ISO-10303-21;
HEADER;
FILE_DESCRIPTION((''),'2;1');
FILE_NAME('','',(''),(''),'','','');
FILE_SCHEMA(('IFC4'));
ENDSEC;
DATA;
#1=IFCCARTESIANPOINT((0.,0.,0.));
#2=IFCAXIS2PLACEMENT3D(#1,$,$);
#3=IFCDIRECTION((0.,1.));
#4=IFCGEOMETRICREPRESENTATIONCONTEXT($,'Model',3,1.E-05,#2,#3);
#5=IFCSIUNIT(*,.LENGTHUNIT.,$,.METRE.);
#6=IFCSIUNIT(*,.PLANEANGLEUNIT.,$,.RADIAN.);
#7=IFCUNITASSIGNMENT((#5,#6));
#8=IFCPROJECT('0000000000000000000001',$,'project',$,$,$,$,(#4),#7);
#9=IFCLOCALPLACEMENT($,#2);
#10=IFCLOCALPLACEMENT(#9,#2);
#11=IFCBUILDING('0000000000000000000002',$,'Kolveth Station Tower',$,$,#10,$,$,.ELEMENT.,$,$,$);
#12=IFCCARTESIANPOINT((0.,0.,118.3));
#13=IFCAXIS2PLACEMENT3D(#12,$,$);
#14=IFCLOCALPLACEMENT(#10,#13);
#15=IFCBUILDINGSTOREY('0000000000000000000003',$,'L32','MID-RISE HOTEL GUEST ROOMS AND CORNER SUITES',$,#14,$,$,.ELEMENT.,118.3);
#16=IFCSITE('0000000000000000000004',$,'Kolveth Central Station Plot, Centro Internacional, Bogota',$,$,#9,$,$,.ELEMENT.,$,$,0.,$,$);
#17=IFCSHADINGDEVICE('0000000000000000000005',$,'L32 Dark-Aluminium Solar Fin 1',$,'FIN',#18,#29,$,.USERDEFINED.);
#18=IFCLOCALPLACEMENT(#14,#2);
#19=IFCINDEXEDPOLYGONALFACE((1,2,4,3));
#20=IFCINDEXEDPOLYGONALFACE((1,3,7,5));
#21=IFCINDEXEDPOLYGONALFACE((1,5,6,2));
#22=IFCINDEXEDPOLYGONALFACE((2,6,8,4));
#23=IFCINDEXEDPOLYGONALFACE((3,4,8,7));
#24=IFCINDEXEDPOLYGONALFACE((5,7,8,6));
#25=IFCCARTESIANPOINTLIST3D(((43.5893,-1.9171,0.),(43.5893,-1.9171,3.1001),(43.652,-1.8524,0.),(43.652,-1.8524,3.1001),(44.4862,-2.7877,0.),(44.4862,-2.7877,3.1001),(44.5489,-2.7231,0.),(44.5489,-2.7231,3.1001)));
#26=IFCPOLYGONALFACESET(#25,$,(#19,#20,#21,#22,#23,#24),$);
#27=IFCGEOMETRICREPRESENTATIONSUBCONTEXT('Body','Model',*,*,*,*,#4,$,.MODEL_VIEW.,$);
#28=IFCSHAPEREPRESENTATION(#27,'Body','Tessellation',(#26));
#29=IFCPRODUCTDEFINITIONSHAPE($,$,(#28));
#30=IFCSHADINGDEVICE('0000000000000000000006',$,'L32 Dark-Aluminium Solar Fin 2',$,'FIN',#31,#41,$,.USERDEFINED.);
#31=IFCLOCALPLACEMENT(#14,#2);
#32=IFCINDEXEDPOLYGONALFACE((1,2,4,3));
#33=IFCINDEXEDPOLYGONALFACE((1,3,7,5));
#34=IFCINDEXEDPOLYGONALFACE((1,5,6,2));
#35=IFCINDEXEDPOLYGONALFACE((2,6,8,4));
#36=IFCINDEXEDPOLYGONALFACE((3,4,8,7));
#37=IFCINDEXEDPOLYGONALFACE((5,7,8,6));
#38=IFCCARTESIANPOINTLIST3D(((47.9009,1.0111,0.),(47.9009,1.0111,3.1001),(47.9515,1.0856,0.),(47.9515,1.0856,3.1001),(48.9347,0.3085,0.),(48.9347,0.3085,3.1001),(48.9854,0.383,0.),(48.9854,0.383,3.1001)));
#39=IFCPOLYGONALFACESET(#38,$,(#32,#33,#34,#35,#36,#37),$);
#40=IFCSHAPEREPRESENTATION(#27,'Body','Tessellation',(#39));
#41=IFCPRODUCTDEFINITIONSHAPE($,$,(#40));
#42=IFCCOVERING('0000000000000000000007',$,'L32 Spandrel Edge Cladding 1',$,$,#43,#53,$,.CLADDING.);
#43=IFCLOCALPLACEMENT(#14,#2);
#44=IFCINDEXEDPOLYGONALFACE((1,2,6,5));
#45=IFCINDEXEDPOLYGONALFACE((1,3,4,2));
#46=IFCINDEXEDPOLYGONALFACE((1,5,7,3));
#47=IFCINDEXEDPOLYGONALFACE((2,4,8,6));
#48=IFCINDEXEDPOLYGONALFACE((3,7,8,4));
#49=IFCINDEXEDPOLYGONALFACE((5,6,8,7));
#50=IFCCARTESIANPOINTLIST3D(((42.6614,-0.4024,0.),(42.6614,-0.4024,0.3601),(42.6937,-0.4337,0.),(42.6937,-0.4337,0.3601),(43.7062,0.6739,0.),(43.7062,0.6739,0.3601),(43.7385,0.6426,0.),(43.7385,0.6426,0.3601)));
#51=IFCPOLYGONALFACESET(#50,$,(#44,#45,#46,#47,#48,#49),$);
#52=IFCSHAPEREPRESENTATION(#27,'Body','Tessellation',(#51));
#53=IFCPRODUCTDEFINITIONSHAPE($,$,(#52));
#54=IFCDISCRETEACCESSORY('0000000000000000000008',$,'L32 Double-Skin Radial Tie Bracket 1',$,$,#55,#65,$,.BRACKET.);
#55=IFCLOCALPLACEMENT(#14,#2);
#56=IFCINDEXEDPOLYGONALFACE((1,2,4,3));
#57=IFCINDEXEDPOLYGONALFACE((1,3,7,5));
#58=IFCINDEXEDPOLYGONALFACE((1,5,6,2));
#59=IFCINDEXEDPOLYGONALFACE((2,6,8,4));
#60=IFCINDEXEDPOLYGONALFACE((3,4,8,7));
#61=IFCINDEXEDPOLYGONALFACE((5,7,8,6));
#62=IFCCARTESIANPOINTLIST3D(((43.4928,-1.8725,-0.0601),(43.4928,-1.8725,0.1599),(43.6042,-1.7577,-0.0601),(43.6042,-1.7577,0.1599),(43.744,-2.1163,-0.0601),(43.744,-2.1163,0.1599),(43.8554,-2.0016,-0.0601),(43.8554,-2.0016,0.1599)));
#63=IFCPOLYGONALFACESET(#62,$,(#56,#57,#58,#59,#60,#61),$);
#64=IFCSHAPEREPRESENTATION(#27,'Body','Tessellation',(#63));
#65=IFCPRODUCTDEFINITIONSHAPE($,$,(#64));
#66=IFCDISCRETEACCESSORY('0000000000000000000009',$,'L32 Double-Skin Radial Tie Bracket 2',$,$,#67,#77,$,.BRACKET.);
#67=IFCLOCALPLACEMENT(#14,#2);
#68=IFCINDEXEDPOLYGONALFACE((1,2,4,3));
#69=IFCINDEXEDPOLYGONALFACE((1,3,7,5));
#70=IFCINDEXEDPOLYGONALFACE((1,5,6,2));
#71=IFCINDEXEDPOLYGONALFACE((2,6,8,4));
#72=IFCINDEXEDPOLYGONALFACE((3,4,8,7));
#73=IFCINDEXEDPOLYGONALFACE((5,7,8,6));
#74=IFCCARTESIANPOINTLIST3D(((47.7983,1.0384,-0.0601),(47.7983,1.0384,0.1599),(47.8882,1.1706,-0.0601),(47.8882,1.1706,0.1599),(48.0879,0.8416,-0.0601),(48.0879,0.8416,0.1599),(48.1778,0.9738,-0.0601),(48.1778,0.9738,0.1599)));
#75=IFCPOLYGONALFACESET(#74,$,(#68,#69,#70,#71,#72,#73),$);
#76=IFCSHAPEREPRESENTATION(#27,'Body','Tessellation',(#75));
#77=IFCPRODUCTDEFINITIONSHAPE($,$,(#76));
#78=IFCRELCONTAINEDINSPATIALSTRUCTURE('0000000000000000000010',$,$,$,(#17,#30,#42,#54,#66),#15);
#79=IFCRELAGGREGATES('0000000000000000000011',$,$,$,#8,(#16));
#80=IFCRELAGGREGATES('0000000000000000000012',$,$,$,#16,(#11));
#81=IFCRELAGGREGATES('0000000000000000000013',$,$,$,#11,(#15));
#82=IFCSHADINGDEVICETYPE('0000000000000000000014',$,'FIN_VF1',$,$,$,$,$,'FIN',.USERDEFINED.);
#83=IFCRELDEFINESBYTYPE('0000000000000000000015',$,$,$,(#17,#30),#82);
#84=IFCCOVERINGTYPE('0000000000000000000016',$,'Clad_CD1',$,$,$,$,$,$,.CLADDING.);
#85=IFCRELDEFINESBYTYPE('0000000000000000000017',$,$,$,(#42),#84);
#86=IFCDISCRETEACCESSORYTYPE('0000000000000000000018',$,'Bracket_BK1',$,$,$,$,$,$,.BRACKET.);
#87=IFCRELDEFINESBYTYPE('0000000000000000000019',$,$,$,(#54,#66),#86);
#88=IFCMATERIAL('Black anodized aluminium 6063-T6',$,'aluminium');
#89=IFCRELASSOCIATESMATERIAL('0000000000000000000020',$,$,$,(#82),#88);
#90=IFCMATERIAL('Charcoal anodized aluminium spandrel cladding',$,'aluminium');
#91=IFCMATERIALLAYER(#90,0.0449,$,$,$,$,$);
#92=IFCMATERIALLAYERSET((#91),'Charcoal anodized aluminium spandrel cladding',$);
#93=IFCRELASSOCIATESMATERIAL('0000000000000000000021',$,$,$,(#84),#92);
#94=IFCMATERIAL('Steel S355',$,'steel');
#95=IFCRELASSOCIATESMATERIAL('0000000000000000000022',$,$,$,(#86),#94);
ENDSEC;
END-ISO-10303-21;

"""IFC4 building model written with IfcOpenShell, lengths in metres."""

from ifc_helpers import new_model, si_unit, direction, frame, origin, origin_2d, place, context, subcontext, project, spatial, rectangle, extrude, source, transform, mapped, material, layer, layer_set, type_object, element, save


model = new_model("IFC4")

# Units and contexts
model_context = context("Model", 3, precision=1e-05, world=origin(), true_north=direction((0.0, 1.0)))
body_context = subcontext(model_context, "Body", "Model", "MODEL_VIEW")
ifc_project = project(units=[si_unit("LENGTHUNIT", "METRE"), si_unit("PLANEANGLEUNIT", "RADIAN")], contexts=[model_context])

# Site, building, storey
site_placement = place(None, origin())
site = spatial("IfcSite", under=ifc_project, at=site_placement, Name="Kolveth Central Station Plot, Centro Internacional, Bogota", CompositionType="ELEMENT", RefElevation=0.0)
building_placement = place(site_placement, origin())
building = spatial("IfcBuilding", under=site, at=building_placement, Name="Kolveth Station Tower", CompositionType="ELEMENT")
storey_placement = place(building_placement, frame((0.0, 0.0, 118.3)))
storey = spatial("IfcBuildingStorey", under=building, at=storey_placement, Name="L32", Description="MID-RISE HOTEL GUEST ROOMS AND CORNER SUITES", CompositionType="ELEMENT", Elevation=118.3)

# Shared definitions
ifc_material_1 = material(Name="Steel S355", Category="steel")

# Shared definitions
ifc_material_2 = material(Name="Black anodized aluminium 6063-T6", Category="aluminium")

# Shading devices
shading_device_type = type_object("IfcShadingDeviceType", Name="FIN_VF1", ElementType="FIN", PredefinedType="USERDEFINED", material=ifc_material_2)
shared_shape_1 = source(origin(), body_context, "Body", "SweptSolid", [
    extrude(rectangle(XDim=1.25, YDim=0.0901, at=origin_2d()), origin(), (0.0, 0.0, 1.0), 3.1001),
])
for number, where, z_axis, x_axis, name in (
    (1, (44.0691, -2.3201, 0.0), (0.0, 0.0, 1.0), (0.717519, -0.696539, 0.0), "L32 Dark-Aluminium Solar Fin 1"),
    (2, (48.4431, 0.697, 0.0), (0.0, 0.0, 1.0), (0.827081, -0.562083, 0.0), "L32 Dark-Aluminium Solar Fin 2"),
):
    element("IfcShadingDevice", number, at=place(storey_placement, frame(where, z_axis=z_axis, x_axis=x_axis)), inside=storey, type_object=shading_device_type, Name=name, ObjectType="FIN", PredefinedType="USERDEFINED", context=body_context, shape_type="MappedRepresentation", body=[
        mapped(shared_shape_1, transform((0.0, 0.0, 0.0), x_axis=(1.0, 0.0, 0.0), y_axis=(0.0, 1.0, 0.0), z_axis=(0.0, 0.0, 1.0), scale=1.0)),
    ])

# Covering
ifc_material_3 = material(Name="Charcoal anodized aluminium spandrel cladding", Category="aluminium")
ifc_layer_1 = layer(ifc_material_3, 0.0449)
ifc_layer_set_1 = layer_set([ifc_layer_1], Name="Charcoal anodized aluminium spandrel cladding")
covering_type = type_object("IfcCoveringType", Name="Clad_CD1", PredefinedType="CLADDING", material=ifc_layer_set_1)
shared_shape_2 = source(origin(), body_context, "Body", "SweptSolid", [
    extrude(rectangle(XDim=1.5, YDim=0.0449, at=origin_2d()), origin(), (0.0, 0.0, 1.0), 0.3601),
])
covering_placement = place(storey_placement, frame((43.2, 0.1201, 0.0), z_axis=(0.0, 0.0, 1.0), x_axis=(0.696539, 0.717519, 0.0)))
element("IfcCovering", 3, at=covering_placement, inside=storey, type_object=covering_type, Name="L32 Spandrel Edge Cladding 1", PredefinedType="CLADDING", context=body_context, shape_type="MappedRepresentation", body=[
    mapped(shared_shape_2, transform((0.0, 0.0, 0.0), x_axis=(1.0, 0.0, 0.0), y_axis=(0.0, 1.0, 0.0), z_axis=(0.0, 0.0, 1.0), scale=1.0)),
])

# Discrete accessories
discrete_accessory_type = type_object("IfcDiscreteAccessoryType", Name="Bracket_BK1", PredefinedType="BRACKET", material=ifc_material_1)
shared_shape_3 = source(origin(), body_context, "Body", "SweptSolid", [
    extrude(rectangle(XDim=0.3501, YDim=0.1599, at=origin_2d()), origin(), (0.0, 0.0, 1.0), 0.22),
])
for number, where, z_axis, x_axis, name in (
    (4, (43.6741, -1.937, -0.0601), (0.0, 0.0, 1.0), (0.717519, -0.696539, 0.0), "L32 Double-Skin Radial Tie Bracket 1"),
    (5, (47.988, 1.0061, -0.0601), (0.0, 0.0, 1.0), (0.827081, -0.562083, 0.0), "L32 Double-Skin Radial Tie Bracket 2"),
):
    element("IfcDiscreteAccessory", number, at=place(storey_placement, frame(where, z_axis=z_axis, x_axis=x_axis)), inside=storey, type_object=discrete_accessory_type, Name=name, PredefinedType="BRACKET", context=body_context, shape_type="MappedRepresentation", body=[
        mapped(shared_shape_3, transform((0.0, 0.0, 0.0), x_axis=(1.0, 0.0, 0.0), y_axis=(0.0, 1.0, 0.0), z_axis=(0.0, 0.0, 1.0), scale=1.0)),
    ])

save(model, "model.ifc")
